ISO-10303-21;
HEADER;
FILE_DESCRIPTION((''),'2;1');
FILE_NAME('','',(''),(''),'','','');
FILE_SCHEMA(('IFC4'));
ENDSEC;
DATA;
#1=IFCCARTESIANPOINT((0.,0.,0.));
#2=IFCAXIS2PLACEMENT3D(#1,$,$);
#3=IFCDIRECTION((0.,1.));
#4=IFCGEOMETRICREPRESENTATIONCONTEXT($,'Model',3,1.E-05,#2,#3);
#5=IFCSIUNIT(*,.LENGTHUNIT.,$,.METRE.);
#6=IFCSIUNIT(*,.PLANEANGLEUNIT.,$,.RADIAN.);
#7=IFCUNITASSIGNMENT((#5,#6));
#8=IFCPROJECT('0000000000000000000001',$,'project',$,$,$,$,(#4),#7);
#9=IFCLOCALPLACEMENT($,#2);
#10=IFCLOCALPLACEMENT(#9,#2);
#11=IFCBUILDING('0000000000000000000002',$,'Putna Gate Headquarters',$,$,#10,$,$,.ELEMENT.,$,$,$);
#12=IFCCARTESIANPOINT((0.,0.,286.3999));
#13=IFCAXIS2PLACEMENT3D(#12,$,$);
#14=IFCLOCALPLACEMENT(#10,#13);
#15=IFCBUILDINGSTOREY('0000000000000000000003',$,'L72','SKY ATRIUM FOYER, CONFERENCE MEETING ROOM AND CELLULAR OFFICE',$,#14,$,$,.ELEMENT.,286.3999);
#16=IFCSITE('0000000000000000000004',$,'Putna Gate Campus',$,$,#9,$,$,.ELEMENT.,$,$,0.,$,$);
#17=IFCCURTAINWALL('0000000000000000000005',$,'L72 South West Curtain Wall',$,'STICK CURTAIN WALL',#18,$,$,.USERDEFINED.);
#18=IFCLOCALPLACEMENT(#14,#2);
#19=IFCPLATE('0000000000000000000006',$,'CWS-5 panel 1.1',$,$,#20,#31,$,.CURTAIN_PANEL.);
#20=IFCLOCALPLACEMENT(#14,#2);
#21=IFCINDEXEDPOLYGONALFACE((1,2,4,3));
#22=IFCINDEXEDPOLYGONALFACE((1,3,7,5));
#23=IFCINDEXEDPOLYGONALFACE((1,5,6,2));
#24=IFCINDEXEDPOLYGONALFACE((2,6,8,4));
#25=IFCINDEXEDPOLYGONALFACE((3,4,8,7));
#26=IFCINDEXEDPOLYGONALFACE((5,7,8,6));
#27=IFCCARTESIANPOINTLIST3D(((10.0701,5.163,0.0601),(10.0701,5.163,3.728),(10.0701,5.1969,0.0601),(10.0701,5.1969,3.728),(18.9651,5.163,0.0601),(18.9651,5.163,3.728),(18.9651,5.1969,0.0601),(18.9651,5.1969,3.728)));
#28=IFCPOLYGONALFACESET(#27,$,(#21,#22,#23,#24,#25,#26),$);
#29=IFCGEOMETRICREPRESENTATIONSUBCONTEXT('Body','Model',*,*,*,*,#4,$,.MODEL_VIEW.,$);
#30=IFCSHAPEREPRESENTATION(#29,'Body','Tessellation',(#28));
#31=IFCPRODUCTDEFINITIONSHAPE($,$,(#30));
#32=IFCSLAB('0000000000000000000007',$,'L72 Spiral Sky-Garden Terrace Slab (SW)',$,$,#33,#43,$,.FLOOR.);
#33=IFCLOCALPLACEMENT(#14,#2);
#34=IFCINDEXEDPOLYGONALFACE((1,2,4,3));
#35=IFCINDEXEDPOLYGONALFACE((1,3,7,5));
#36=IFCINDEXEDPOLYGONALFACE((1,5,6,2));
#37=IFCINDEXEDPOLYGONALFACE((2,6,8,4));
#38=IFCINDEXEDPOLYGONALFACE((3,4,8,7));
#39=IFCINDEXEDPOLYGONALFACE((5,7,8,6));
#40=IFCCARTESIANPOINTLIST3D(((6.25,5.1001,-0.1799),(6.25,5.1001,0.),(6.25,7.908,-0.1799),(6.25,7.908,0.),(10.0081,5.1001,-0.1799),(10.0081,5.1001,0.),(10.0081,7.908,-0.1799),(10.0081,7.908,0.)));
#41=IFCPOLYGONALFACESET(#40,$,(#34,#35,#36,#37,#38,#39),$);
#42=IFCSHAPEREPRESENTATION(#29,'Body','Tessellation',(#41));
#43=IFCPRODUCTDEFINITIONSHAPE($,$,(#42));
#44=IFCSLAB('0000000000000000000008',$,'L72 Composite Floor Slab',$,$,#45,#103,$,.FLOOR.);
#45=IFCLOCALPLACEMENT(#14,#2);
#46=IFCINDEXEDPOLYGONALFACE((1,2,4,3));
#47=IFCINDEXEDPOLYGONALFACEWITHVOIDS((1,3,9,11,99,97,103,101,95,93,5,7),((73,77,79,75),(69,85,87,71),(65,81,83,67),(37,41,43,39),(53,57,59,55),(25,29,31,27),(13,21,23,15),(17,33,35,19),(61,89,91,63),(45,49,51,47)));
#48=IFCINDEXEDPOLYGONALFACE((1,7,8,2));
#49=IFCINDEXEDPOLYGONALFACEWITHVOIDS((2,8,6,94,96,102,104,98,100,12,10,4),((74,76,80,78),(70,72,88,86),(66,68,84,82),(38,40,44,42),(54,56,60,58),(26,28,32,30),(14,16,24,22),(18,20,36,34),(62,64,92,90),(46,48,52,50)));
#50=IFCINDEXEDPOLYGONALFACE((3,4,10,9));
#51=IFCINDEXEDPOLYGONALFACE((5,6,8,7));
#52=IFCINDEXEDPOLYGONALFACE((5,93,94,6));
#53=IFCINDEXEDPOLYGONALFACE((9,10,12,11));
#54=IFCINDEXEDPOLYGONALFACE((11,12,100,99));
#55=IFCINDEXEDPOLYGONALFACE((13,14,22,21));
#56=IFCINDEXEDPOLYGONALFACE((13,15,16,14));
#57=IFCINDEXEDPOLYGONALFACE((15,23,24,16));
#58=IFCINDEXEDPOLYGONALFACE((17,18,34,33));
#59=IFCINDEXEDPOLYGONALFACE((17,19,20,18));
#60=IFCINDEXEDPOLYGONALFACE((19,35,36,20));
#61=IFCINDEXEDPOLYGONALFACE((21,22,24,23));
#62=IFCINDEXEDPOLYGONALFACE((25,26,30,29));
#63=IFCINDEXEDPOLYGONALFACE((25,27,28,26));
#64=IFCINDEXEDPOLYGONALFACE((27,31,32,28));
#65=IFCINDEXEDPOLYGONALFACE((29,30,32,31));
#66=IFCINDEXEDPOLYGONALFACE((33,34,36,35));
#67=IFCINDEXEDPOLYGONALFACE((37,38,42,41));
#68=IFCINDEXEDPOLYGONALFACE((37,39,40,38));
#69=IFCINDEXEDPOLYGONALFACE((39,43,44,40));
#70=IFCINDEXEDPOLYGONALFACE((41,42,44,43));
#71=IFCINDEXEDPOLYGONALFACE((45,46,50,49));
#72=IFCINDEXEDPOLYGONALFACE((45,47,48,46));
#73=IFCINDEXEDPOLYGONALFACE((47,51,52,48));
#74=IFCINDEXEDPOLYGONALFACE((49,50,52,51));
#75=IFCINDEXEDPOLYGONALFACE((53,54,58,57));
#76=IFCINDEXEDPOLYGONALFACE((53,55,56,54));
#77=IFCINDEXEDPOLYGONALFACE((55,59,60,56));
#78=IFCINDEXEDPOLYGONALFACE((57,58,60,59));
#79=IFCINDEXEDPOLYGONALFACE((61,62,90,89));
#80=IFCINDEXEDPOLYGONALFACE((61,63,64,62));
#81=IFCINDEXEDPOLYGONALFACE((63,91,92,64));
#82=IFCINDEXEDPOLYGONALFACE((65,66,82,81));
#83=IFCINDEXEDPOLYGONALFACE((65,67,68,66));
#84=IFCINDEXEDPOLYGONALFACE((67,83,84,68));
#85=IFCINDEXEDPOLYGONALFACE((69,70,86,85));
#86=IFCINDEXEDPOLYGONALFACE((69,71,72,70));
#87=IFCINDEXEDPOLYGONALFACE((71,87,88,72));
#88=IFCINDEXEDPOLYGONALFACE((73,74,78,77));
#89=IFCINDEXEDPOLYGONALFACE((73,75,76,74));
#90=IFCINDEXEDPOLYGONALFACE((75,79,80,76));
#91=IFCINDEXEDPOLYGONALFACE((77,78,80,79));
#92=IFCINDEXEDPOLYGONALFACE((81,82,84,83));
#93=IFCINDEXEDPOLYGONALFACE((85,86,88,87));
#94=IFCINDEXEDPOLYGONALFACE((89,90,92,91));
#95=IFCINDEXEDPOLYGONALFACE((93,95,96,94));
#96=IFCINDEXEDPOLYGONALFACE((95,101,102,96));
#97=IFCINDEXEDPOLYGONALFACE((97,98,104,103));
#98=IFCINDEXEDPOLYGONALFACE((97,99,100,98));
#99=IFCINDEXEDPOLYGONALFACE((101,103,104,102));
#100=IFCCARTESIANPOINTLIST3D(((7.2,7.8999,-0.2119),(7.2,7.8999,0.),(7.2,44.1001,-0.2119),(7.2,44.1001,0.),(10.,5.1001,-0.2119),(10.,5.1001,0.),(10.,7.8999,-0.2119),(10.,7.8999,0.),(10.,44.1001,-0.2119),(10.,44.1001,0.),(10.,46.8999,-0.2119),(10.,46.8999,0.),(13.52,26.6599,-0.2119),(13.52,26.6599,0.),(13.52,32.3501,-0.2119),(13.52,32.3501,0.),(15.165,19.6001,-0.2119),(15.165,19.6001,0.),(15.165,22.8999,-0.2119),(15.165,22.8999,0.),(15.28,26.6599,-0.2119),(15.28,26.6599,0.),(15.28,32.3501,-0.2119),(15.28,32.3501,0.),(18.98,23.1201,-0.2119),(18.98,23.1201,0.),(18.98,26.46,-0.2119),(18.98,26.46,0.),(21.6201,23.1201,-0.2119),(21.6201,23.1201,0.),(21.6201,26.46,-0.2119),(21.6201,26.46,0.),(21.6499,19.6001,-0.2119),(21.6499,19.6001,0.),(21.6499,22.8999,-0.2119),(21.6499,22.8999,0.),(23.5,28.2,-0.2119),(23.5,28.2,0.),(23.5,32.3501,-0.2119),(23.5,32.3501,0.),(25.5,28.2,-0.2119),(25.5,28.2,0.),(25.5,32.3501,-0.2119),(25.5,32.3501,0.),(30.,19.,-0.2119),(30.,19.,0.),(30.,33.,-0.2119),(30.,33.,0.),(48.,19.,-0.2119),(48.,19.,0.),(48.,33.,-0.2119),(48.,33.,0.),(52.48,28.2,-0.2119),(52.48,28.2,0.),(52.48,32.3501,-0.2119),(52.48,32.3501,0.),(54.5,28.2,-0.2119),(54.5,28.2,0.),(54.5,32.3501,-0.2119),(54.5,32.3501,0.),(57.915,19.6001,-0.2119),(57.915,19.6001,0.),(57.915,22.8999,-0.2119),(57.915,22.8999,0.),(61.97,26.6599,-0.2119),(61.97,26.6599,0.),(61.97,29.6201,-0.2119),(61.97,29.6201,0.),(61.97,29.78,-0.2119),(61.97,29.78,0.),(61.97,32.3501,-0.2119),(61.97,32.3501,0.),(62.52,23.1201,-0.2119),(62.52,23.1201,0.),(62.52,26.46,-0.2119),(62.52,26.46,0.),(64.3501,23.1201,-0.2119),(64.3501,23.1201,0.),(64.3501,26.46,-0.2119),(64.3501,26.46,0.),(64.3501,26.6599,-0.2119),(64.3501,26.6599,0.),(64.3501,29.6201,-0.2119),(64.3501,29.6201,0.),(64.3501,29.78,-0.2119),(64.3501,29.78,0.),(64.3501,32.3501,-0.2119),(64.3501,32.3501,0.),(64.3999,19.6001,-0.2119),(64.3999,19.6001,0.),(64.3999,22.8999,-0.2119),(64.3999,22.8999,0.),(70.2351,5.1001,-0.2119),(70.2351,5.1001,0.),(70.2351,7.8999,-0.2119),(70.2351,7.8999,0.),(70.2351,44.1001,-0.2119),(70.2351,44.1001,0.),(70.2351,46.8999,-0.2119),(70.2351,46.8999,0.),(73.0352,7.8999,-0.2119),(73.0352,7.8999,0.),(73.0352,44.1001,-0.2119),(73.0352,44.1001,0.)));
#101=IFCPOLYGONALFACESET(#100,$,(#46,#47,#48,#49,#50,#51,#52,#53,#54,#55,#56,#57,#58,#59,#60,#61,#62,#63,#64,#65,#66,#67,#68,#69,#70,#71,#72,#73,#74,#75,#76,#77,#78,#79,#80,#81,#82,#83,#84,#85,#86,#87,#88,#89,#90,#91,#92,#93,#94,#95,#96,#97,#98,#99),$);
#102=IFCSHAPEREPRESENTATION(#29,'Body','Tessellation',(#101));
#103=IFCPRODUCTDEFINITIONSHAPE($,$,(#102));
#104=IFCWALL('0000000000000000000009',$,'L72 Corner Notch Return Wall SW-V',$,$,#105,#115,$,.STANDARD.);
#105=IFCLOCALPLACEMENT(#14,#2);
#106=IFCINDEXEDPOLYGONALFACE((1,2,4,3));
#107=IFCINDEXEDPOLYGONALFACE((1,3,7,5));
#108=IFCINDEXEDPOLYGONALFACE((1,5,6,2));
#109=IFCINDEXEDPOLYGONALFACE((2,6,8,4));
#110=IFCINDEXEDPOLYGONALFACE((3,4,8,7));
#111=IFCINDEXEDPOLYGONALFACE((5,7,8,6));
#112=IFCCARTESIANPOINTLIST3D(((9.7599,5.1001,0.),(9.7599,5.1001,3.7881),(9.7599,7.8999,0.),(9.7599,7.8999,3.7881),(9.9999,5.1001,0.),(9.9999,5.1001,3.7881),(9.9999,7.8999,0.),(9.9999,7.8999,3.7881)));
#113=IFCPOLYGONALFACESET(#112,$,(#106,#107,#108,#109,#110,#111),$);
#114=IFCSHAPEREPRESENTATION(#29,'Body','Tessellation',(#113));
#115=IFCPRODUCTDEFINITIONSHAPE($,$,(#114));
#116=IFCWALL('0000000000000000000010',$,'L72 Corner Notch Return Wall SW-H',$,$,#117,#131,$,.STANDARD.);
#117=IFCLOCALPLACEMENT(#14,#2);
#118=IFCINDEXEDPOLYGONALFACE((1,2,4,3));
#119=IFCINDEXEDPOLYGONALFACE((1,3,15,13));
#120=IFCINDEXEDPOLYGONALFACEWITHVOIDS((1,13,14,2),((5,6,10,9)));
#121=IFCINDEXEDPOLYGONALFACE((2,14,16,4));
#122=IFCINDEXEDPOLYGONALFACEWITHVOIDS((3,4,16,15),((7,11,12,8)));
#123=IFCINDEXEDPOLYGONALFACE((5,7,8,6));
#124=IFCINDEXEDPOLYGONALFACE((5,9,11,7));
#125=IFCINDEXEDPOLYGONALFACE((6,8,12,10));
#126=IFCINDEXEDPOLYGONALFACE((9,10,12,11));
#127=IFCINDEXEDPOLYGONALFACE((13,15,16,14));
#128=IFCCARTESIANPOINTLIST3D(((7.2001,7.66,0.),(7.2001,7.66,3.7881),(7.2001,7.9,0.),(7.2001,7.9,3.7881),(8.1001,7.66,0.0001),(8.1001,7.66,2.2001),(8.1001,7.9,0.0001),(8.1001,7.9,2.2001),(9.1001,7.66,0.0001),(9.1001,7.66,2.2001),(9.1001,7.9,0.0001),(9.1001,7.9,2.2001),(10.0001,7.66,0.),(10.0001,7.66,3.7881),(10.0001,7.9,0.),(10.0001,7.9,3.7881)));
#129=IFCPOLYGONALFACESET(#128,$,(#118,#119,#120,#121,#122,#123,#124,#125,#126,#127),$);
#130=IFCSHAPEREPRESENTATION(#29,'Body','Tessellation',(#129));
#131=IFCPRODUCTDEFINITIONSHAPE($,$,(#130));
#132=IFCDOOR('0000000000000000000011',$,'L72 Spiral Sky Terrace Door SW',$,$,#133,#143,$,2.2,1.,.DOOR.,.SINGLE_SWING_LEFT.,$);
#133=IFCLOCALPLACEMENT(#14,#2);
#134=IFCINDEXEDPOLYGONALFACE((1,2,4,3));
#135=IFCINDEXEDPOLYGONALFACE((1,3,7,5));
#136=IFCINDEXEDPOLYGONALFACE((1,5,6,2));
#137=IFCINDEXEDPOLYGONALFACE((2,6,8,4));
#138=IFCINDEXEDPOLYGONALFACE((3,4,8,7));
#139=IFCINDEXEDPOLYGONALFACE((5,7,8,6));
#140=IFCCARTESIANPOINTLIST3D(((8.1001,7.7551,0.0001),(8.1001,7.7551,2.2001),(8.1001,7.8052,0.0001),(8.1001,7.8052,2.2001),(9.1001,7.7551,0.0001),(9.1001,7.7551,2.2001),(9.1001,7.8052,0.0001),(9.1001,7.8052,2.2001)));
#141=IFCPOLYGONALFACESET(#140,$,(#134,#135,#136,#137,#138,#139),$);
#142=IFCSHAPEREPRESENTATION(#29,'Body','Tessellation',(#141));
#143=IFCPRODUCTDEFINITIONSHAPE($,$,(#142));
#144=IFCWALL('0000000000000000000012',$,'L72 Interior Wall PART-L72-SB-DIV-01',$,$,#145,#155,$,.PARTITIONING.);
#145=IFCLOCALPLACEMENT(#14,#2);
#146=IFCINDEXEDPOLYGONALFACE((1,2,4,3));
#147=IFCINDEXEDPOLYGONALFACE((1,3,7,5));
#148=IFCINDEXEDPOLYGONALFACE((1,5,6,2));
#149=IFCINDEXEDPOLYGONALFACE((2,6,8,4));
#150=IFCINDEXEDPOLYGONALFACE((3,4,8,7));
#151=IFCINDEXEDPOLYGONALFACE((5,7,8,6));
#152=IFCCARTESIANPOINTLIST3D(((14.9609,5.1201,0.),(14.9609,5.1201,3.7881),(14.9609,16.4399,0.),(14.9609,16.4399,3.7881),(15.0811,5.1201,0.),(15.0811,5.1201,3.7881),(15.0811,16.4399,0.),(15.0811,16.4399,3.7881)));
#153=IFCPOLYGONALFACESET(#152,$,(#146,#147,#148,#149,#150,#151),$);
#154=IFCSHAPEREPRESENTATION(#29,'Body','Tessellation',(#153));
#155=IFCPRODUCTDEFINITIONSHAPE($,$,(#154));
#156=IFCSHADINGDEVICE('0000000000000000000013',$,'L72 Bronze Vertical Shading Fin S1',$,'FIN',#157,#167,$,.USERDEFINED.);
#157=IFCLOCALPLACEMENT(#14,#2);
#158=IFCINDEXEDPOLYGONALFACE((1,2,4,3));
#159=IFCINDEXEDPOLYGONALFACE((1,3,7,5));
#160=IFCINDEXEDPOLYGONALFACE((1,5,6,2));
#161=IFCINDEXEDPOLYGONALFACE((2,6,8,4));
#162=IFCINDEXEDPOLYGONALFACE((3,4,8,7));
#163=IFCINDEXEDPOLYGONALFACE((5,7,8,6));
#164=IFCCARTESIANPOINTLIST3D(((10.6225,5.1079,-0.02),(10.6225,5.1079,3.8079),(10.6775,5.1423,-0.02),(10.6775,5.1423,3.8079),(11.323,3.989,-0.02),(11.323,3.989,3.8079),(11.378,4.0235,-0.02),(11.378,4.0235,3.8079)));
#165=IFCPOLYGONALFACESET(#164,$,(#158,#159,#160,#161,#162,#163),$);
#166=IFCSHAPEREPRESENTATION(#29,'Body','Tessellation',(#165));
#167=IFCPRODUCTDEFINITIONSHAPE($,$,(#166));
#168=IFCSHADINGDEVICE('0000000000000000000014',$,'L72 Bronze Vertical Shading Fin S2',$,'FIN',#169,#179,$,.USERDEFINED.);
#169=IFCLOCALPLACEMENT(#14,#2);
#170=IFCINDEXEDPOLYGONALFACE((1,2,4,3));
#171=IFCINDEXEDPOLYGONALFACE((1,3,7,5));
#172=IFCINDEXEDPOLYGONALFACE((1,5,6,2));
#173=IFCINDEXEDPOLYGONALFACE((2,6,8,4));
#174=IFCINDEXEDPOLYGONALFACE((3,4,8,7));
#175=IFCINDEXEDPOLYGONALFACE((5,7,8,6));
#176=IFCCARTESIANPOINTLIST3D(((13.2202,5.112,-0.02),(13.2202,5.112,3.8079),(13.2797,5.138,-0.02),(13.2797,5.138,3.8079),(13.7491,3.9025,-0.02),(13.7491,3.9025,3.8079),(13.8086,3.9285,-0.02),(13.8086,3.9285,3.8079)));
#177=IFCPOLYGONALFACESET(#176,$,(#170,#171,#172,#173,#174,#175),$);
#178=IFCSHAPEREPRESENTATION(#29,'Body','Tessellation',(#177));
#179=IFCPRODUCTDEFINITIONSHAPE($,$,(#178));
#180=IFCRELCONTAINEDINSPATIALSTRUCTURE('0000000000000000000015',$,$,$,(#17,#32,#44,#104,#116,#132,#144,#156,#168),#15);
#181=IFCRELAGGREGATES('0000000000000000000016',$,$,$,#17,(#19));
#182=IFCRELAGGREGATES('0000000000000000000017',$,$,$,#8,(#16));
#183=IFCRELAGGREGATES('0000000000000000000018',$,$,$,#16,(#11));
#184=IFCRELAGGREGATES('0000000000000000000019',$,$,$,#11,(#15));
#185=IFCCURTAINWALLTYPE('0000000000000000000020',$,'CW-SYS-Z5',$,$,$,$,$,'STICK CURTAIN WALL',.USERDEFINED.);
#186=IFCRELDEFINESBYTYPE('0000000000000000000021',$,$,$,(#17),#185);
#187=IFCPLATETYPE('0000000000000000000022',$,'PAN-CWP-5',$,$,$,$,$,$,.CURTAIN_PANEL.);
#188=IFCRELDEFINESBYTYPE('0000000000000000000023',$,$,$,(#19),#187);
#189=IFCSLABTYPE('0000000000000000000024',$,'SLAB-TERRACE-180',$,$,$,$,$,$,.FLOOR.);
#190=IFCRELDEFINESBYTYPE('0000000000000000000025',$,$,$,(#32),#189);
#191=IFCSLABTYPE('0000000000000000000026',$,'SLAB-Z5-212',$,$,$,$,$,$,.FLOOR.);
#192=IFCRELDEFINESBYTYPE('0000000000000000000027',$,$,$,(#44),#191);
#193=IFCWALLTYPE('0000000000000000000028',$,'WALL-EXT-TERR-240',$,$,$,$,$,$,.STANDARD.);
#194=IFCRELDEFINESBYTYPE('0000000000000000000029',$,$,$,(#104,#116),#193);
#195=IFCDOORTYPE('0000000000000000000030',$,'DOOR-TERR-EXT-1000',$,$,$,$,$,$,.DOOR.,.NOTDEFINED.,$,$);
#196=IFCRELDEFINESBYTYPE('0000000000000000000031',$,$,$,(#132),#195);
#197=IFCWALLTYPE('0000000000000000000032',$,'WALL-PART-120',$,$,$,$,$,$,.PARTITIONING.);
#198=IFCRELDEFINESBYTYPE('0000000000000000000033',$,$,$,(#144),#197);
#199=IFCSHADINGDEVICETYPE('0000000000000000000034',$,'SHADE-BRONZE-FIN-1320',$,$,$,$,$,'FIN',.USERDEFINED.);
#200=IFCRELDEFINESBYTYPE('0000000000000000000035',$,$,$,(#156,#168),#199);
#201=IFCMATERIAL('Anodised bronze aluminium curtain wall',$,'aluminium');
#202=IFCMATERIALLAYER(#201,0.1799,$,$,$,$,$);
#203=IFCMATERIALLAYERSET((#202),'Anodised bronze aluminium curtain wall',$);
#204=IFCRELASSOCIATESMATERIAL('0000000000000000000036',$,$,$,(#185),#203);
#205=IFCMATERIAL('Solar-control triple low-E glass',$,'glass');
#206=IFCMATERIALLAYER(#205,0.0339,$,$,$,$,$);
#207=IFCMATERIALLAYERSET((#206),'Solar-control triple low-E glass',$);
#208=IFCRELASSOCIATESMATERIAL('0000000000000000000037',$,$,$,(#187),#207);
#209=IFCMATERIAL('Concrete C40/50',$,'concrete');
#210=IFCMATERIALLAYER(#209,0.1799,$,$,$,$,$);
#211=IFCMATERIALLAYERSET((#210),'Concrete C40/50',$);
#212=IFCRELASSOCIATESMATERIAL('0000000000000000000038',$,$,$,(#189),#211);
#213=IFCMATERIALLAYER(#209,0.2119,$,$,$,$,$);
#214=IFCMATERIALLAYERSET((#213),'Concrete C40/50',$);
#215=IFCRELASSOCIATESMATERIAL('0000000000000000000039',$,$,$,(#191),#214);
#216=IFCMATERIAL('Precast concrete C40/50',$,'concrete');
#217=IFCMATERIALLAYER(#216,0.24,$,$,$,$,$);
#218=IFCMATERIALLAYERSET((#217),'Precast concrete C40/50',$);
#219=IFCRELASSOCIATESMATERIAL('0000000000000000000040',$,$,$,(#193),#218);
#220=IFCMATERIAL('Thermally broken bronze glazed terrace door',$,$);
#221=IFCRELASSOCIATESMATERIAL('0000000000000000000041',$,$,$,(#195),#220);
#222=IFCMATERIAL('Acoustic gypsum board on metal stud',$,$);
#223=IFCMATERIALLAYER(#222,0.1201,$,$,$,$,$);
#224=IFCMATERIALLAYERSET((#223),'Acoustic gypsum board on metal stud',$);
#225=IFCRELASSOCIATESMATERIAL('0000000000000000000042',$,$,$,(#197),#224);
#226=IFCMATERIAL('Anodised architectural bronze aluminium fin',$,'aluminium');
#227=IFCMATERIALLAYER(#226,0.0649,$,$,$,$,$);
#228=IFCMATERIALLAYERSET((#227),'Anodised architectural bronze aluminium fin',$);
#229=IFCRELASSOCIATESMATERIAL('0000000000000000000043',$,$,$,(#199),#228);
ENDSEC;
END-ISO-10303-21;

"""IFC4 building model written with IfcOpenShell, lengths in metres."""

from ifc_helpers import new_model, si_unit, direction, frame, frame_2d, origin, origin_2d, place, context, subcontext, project, spatial, polyline, rectangle, outline, extrude, material, layer, layer_set, type_object, element, fill, aggregate, save


model = new_model("IFC4")

# Units and contexts
model_context = context("Model", 3, precision=1e-05, world=origin(), true_north=direction((0.0, 1.0)))
body_context = subcontext(model_context, "Body", "Model", "MODEL_VIEW")
ifc_project = project(units=[si_unit("LENGTHUNIT", "METRE"), si_unit("PLANEANGLEUNIT", "RADIAN")], contexts=[model_context])

# Site, building, storey
site_placement = place(None, origin())
site = spatial("IfcSite", under=ifc_project, at=site_placement, Name="Putna Gate Campus", CompositionType="ELEMENT", RefElevation=0.0)
building_placement = place(site_placement, origin())
building = spatial("IfcBuilding", under=site, at=building_placement, Name="Putna Gate Headquarters", CompositionType="ELEMENT")
storey_placement = place(building_placement, frame((0.0, 0.0, 286.3999)))
storey = spatial("IfcBuildingStorey", under=building, at=storey_placement, Name="L72", Description="SKY ATRIUM FOYER, CONFERENCE MEETING ROOM AND CELLULAR OFFICE", CompositionType="ELEMENT", Elevation=286.3999)

# Curtain wall
ifc_material_1 = material(Name="Anodised bronze aluminium curtain wall", Category="aluminium")
ifc_layer_1 = layer(ifc_material_1, 0.1799)
ifc_layer_set_1 = layer_set([ifc_layer_1], Name="Anodised bronze aluminium curtain wall")
curtain_wall_type = type_object("IfcCurtainWallType", Name="CW-SYS-Z5", ElementType="STICK CURTAIN WALL", PredefinedType="USERDEFINED", material=ifc_layer_set_1)
curtain_wall_1_placement = place(storey_placement, origin())
curtain_wall_1 = element("IfcCurtainWall", 1, at=curtain_wall_1_placement, inside=storey, type_object=curtain_wall_type, Name="L72 South West Curtain Wall", ObjectType="STICK CURTAIN WALL", PredefinedType="USERDEFINED")

# Shared definitions
ifc_material_2 = material(Name="Concrete C40/50", Category="concrete")

# Plate
ifc_material_3 = material(Name="Solar-control triple low-E glass", Category="glass")
ifc_layer_2 = layer(ifc_material_3, 0.0339)
ifc_layer_set_2 = layer_set([ifc_layer_2], Name="Solar-control triple low-E glass")
plate_type = type_object("IfcPlateType", Name="PAN-CWP-5", PredefinedType="CURTAIN_PANEL", material=ifc_layer_set_2)
plate_placement = place(storey_placement, frame((14.5176, 5.1799, 0.0601), z_axis=(0.0, 0.0, 1.0), x_axis=(1.0, 0.0, 0.0)))
plate = element("IfcPlate", 2, at=plate_placement, type_object=plate_type, Name="CWS-5 panel 1.1", PredefinedType="CURTAIN_PANEL", context=body_context, shape_type="SweptSolid", body=[
    extrude(rectangle(XDim=8.895, YDim=0.0339, at=origin_2d()), origin(), (0.0, 0.0, 1.0), 3.668),
])
aggregate(curtain_wall_1, [plate])

# Slabs
ifc_layer_3 = layer(ifc_material_2, 0.1799)
ifc_layer_set_3 = layer_set([ifc_layer_3], Name="Concrete C40/50")
slab_type_1 = type_object("IfcSlabType", Name="SLAB-TERRACE-180", PredefinedType="FLOOR", material=ifc_layer_set_3)
slab_1_placement = place(storey_placement, frame((0.0, 0.0, -0.1799)))
element("IfcSlab", 3, at=slab_1_placement, inside=storey, type_object=slab_type_1, Name="L72 Spiral Sky-Garden Terrace Slab (SW)", PredefinedType="FLOOR", context=body_context, shape_type="SweptSolid", body=[
    extrude(outline(polyline([(6.25, 5.1001), (10.0081, 5.1001), (10.0081, 7.908), (6.25, 7.908), (6.25, 5.1001)])), origin(), (0.0, 0.0, 1.0), 0.1799),
])
ifc_layer_4 = layer(ifc_material_2, 0.2119)
ifc_layer_set_4 = layer_set([ifc_layer_4], Name="Concrete C40/50")
slab_type_2 = type_object("IfcSlabType", Name="SLAB-Z5-212", PredefinedType="FLOOR", material=ifc_layer_set_4)
slab_2_placement = place(storey_placement, frame((0.0, 0.0, -0.2119)))
element("IfcSlab", 4, at=slab_2_placement, inside=storey, type_object=slab_type_2, Name="L72 Composite Floor Slab", PredefinedType="FLOOR", context=body_context, shape_type="SweptSolid", body=[
    extrude(outline(polyline([(10.0, 5.1001), (70.2351, 5.1001), (70.2351, 7.8999), (73.0352, 7.8999), (73.0352, 44.1001), (70.2351, 44.1001), (70.2351, 46.8999), (10.0, 46.8999), (10.0, 44.1001), (7.2, 44.1001), (7.2, 7.8999), (10.0, 7.8999), (10.0, 5.1001)]), holes=[polyline([(15.165, 19.6001), (21.6499, 19.6001), (21.6499, 22.8999), (15.165, 22.8999), (15.165, 19.6001)]), polyline([(57.915, 19.6001), (64.3999, 19.6001), (64.3999, 22.8999), (57.915, 22.8999), (57.915, 19.6001)]), polyline([(13.52, 26.6599), (15.28, 26.6599), (15.28, 32.3501), (13.52, 32.3501), (13.52, 26.6599)]), polyline([(61.97, 29.78), (64.3501, 29.78), (64.3501, 32.3501), (61.97, 32.3501), (61.97, 29.78)]), polyline([(18.98, 23.1201), (21.6201, 23.1201), (21.6201, 26.46), (18.98, 26.46), (18.98, 23.1201)]), polyline([(62.52, 23.1201), (64.3501, 23.1201), (64.3501, 26.46), (62.52, 26.46), (62.52, 23.1201)]), polyline([(61.97, 26.6599), (64.3501, 26.6599), (64.3501, 29.6201), (61.97, 29.6201), (61.97, 26.6599)]), polyline([(23.5, 28.2), (25.5, 28.2), (25.5, 32.3501), (23.5, 32.3501), (23.5, 28.2)]), polyline([(52.48, 28.2), (54.5, 28.2), (54.5, 32.3501), (52.48, 32.3501), (52.48, 28.2)]), polyline([(30.0, 19.0), (48.0, 19.0), (48.0, 33.0), (30.0, 33.0), (30.0, 19.0)])]), origin(), (0.0, 0.0, 1.0), 0.2119),
])

# Wall
ifc_material_4 = material(Name="Precast concrete C40/50", Category="concrete")
ifc_layer_5 = layer(ifc_material_4, 0.24)
ifc_layer_set_5 = layer_set([ifc_layer_5], Name="Precast concrete C40/50")
wall_type_1 = type_object("IfcWallType", Name="WALL-EXT-TERR-240", PredefinedType="STANDARD", material=ifc_layer_set_5)
wall_1_placement = place(storey_placement, frame((9.8799, 5.1001, 0.0), z_axis=(0.0, 0.0, 1.0), x_axis=(0.0, 1.0, 0.0)))
element("IfcWall", 5, at=wall_1_placement, inside=storey, type_object=wall_type_1, Name="L72 Corner Notch Return Wall SW-V", PredefinedType="STANDARD", context=body_context, shape_type="SweptSolid", body=[
    extrude(rectangle(XDim=2.7998, YDim=0.24, at=frame_2d((1.3999, 0.0))), origin(), (0.0, 0.0, 1.0), 3.7881),
])

# Wall, opening, door
wall_2_placement = place(storey_placement, frame((10.0, 7.78, 0.0), z_axis=(0.0, 0.0, 1.0), x_axis=(-1.0, 0.0, 0.0)))
wall_2 = element("IfcWall", 6, at=wall_2_placement, inside=storey, type_object=wall_type_1, Name="L72 Corner Notch Return Wall SW-H", PredefinedType="STANDARD", context=body_context, shape_type="SweptSolid", body=[
    extrude(rectangle(XDim=2.8, YDim=0.24, at=frame_2d((1.3999, 0.0))), origin(), (0.0, 0.0, 1.0), 3.7881),
])
opening_placement = place(wall_2_placement, frame((0.8999, 0.0, 0.0)))
opening = element("IfcOpeningElement", 7, at=opening_placement, cuts=wall_2, PredefinedType="OPENING", context=body_context, shape_type="SweptSolid", body=[
    extrude(rectangle(XDim=1.0, YDim=2.2, at=frame_2d((0.5, 1.1001))), frame((0.0, 0.1299, 0.0), z_axis=(0.0, -1.0, 0.0), x_axis=(1.0, 0.0, 0.0)), (0.0, 0.0, 1.0), 0.26),
])
ifc_material_5 = material(Name="Thermally broken bronze glazed terrace door")
door_type = type_object("IfcDoorType", Name="DOOR-TERR-EXT-1000", OperationType="NOTDEFINED", PredefinedType="DOOR", material=ifc_material_5)
door_placement = place(opening_placement, origin())
door = element("IfcDoor", 8, at=door_placement, inside=storey, type_object=door_type, Name="L72 Spiral Sky Terrace Door SW", OperationType="SINGLE_SWING_LEFT", OverallHeight=2.2, OverallWidth=1.0, PredefinedType="DOOR", context=body_context, shape_type="SweptSolid", body=[
    extrude(rectangle(XDim=1.0, YDim=2.2, at=frame_2d((0.5, 1.1001))), frame((0.0, 0.0249, 0.0), z_axis=(0.0, -1.0, 0.0), x_axis=(1.0, 0.0, 0.0)), (0.0, 0.0, 1.0), 0.05),
])
fill(opening, door)

# Wall
ifc_material_6 = material(Name="Acoustic gypsum board on metal stud")
ifc_layer_6 = layer(ifc_material_6, 0.1201)
ifc_layer_set_6 = layer_set([ifc_layer_6], Name="Acoustic gypsum board on metal stud")
wall_type_2 = type_object("IfcWallType", Name="WALL-PART-120", PredefinedType="PARTITIONING", material=ifc_layer_set_6)
wall_3_placement = place(storey_placement, frame((15.021, 5.1201, 0.0), z_axis=(0.0, 0.0, 1.0), x_axis=(0.0, 1.0, 0.0)))
element("IfcWall", 9, at=wall_3_placement, inside=storey, type_object=wall_type_2, Name="L72 Interior Wall PART-L72-SB-DIV-01", PredefinedType="PARTITIONING", context=body_context, shape_type="SweptSolid", body=[
    extrude(rectangle(XDim=11.3198, YDim=0.1201, at=frame_2d((5.6599, 0.0))), origin(), (0.0, 0.0, 1.0), 3.7881),
])

# Shading devices
ifc_material_7 = material(Name="Anodised architectural bronze aluminium fin", Category="aluminium")
ifc_layer_7 = layer(ifc_material_7, 0.0649)
ifc_layer_set_7 = layer_set([ifc_layer_7], Name="Anodised architectural bronze aluminium fin")
shading_device_type_1 = type_object("IfcShadingDeviceType", Name="SHADE-BRONZE-FIN-1320", ElementType="FIN", PredefinedType="USERDEFINED", material=ifc_layer_set_7)
for number, where, z_axis, x_axis, name in (
    (10, (11.0002, 4.5657, -0.02), (0.0, 0.0, 1.0), (0.530659, -0.847585, 0.0), "L72 Bronze Vertical Shading Fin S1"),
    (11, (13.5144, 4.5203, -0.02), (0.0, 0.0, 1.0), (0.400669, -0.916223, 0.0), "L72 Bronze Vertical Shading Fin S2"),
):
    element("IfcShadingDevice", number, at=place(storey_placement, frame(where, z_axis=z_axis, x_axis=x_axis)), inside=storey, type_object=shading_device_type_1, Name=name, ObjectType="FIN", PredefinedType="USERDEFINED", context=body_context, shape_type="SweptSolid", body=[
        extrude(rectangle(XDim=1.3201, YDim=0.0649, at=origin_2d()), origin(), (0.0, 0.0, 1.0), 3.8279),
    ])

save(model, "model.ifc")
